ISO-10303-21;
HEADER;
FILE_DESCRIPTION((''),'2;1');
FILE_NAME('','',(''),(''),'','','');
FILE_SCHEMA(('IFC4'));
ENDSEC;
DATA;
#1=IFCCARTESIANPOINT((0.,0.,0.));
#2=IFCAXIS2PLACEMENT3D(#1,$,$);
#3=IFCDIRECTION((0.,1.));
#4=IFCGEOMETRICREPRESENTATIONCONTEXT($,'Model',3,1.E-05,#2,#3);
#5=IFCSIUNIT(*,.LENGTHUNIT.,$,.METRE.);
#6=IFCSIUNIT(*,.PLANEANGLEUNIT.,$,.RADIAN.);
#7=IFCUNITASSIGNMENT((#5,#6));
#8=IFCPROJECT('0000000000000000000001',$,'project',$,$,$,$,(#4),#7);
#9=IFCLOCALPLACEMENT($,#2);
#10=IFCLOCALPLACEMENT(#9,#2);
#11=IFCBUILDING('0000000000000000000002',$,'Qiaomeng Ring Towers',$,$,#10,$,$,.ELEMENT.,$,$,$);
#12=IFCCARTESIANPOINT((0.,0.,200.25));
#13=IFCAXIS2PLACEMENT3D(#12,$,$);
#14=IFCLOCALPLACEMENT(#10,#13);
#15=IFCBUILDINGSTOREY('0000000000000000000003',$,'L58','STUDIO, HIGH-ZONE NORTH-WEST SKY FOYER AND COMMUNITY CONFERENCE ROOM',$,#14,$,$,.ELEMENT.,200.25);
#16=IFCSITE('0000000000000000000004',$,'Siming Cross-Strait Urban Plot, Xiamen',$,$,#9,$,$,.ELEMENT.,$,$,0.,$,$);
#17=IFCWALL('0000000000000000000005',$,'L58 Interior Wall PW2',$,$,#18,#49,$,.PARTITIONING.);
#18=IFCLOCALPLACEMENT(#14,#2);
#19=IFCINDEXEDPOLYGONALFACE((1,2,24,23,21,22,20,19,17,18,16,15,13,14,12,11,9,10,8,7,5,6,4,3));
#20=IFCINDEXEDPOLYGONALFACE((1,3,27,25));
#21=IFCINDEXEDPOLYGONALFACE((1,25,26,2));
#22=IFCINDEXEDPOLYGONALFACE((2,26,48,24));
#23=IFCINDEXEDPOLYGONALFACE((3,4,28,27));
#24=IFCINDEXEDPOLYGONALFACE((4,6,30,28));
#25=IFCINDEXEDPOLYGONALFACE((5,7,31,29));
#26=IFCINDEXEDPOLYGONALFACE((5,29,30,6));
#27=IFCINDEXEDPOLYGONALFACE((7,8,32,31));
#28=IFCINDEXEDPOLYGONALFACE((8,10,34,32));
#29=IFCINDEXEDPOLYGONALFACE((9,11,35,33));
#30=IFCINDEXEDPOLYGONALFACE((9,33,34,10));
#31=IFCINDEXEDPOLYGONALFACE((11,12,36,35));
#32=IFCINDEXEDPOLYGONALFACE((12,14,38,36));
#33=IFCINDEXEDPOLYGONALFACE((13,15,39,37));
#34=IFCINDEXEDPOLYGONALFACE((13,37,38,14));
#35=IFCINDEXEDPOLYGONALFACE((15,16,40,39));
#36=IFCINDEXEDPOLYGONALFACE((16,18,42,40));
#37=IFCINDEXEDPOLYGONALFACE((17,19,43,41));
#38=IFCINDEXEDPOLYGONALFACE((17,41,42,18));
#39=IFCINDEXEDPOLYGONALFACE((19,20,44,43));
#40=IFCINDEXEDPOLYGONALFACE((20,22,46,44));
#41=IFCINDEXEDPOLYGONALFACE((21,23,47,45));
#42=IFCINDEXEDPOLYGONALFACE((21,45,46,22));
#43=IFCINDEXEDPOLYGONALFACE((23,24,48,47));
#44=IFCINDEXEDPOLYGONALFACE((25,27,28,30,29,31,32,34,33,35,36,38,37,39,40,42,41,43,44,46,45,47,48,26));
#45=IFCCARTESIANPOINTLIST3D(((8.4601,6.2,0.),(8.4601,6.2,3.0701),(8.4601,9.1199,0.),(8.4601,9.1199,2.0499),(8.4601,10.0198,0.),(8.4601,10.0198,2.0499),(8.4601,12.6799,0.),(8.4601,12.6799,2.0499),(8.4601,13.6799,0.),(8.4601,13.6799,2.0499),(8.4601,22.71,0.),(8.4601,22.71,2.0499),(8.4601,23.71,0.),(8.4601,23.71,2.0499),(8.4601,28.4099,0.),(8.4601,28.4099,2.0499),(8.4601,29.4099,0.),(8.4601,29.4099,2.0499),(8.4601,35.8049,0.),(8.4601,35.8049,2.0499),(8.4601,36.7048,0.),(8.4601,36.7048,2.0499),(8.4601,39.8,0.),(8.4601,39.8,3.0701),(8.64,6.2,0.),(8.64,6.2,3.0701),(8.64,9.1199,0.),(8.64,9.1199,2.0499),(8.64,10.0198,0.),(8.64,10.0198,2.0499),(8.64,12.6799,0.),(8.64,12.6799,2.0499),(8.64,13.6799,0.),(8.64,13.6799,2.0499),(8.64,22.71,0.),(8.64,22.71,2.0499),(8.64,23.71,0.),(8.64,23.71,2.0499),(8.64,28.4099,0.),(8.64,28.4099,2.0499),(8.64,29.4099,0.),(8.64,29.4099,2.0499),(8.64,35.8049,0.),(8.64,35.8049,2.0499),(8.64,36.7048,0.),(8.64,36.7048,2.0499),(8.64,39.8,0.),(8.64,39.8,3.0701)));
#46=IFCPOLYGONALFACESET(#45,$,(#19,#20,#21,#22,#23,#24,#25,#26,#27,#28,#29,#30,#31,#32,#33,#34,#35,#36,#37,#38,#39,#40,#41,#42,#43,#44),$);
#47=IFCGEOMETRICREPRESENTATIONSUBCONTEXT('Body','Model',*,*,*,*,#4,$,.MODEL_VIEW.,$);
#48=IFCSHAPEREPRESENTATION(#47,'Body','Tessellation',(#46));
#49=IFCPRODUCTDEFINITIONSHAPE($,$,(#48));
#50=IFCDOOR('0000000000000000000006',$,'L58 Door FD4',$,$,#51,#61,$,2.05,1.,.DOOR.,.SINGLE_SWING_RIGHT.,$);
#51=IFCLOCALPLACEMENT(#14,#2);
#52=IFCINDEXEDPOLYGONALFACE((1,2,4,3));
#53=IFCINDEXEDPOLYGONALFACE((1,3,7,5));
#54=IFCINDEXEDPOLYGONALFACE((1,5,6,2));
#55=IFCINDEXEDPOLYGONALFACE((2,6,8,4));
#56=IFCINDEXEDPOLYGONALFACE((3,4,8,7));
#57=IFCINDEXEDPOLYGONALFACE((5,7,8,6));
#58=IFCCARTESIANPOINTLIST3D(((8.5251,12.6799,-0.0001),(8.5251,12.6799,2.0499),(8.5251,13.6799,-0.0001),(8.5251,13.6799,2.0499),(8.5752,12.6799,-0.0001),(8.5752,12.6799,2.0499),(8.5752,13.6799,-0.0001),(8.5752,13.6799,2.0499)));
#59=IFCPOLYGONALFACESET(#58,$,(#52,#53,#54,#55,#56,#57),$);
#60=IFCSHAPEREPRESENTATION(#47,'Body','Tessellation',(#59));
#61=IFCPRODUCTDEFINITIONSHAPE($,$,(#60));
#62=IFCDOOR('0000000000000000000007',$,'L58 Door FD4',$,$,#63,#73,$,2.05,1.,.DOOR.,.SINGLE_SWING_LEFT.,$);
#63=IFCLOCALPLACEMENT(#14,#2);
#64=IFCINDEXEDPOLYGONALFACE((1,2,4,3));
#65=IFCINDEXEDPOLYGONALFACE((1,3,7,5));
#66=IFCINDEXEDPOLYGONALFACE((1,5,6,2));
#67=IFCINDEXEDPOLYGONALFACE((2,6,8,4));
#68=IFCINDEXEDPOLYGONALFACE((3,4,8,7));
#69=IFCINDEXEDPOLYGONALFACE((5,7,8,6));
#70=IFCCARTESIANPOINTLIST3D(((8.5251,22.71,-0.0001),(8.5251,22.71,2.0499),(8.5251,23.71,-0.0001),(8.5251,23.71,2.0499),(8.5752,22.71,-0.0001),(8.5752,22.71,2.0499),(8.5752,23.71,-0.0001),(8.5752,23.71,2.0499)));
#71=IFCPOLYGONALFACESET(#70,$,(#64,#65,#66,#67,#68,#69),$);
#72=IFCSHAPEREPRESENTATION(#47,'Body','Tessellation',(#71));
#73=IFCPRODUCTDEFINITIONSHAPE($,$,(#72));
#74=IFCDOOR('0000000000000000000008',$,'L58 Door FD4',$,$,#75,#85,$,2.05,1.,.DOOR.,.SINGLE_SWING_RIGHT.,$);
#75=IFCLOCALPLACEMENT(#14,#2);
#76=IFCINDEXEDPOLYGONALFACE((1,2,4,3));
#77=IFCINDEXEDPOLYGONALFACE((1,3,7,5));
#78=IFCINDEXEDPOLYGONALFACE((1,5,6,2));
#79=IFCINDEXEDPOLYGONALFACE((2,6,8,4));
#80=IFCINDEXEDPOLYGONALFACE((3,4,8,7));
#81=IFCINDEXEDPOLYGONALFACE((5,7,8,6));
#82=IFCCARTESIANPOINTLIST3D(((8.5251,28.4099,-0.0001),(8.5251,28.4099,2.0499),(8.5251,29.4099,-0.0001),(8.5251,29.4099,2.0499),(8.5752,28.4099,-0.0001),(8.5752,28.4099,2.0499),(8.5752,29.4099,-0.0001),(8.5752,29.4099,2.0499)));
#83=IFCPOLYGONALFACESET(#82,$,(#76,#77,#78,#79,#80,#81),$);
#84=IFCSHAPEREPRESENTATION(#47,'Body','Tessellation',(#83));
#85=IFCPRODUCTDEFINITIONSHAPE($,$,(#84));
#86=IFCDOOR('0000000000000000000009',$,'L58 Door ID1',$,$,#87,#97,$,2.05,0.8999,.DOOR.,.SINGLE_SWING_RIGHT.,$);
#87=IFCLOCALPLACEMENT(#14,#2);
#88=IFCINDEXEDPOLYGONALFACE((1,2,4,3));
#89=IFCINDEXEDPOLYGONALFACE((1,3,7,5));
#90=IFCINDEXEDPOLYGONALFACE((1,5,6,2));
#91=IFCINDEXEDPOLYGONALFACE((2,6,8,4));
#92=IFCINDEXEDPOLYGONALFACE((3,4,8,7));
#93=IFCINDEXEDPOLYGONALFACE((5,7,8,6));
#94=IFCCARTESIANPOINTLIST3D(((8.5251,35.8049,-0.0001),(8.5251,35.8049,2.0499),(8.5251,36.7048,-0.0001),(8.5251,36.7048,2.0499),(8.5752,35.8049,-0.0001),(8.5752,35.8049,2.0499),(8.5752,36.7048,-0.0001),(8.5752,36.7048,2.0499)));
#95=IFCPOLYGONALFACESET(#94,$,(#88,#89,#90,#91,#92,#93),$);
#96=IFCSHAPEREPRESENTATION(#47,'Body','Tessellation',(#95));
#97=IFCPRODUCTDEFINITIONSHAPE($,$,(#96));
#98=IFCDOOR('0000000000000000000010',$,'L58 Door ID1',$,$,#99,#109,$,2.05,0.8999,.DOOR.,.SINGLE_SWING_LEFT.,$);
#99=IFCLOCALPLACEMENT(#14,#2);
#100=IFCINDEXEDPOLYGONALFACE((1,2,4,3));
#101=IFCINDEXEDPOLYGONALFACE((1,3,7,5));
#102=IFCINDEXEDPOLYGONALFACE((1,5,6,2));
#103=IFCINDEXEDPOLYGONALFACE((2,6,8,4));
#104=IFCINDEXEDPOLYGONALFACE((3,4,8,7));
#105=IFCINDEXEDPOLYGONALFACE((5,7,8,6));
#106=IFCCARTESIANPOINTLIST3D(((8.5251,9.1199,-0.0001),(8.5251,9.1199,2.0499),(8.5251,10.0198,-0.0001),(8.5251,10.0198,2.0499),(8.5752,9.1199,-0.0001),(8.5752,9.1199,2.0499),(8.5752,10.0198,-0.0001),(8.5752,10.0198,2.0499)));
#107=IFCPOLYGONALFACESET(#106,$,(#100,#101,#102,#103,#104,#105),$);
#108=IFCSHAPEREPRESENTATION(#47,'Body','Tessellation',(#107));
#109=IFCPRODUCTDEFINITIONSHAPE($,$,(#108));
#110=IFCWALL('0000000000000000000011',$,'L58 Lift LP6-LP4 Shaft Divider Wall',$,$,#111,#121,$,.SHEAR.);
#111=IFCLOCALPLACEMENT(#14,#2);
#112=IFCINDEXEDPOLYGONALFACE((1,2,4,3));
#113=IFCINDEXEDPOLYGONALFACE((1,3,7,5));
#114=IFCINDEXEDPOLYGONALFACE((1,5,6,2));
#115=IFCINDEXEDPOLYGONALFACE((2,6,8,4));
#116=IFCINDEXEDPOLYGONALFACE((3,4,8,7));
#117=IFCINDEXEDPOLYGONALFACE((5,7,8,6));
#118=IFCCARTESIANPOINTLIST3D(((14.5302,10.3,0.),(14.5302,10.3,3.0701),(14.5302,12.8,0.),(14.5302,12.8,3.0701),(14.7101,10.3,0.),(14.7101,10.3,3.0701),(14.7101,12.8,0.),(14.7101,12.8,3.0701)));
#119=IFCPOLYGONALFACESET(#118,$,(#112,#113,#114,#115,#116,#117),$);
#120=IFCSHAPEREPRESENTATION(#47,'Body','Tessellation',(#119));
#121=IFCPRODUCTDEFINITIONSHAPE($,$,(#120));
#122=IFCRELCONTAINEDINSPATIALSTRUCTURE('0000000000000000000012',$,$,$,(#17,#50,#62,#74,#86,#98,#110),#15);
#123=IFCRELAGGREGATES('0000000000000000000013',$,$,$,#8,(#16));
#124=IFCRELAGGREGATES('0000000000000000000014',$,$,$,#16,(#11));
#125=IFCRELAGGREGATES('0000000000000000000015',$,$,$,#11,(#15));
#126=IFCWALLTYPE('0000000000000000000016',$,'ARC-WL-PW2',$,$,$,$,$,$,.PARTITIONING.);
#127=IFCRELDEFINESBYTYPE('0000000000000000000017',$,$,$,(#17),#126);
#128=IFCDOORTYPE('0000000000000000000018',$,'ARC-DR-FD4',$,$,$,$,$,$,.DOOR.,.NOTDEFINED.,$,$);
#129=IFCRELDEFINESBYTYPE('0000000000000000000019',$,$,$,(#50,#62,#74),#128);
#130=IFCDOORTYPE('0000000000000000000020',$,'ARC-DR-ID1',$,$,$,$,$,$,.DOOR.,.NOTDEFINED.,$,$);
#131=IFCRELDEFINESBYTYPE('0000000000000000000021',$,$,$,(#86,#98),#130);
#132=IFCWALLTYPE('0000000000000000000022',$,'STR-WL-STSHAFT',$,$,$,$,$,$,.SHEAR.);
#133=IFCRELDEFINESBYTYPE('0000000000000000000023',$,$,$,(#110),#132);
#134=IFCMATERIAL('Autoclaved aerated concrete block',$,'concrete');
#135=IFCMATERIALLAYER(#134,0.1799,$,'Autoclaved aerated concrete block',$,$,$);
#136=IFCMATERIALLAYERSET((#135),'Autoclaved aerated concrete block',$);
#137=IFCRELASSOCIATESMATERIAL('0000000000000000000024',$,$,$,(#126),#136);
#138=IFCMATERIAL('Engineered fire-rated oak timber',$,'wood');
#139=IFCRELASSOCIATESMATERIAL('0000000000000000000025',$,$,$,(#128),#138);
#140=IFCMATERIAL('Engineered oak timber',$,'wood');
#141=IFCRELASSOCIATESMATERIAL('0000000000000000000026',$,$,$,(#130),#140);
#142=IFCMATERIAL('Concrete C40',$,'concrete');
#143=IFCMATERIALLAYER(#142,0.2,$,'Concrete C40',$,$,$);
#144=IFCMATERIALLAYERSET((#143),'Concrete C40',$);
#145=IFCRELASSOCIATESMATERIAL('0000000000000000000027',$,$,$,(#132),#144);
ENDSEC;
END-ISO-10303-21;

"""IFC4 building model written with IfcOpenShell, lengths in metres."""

from ifc_helpers import new_model, si_unit, direction, frame, frame_2d, origin, place, context, subcontext, project, spatial, rectangle, extrude, source, transform, mapped, material, layer, layer_set, type_object, element, fill, save


model = new_model("IFC4")

# Units and contexts
model_context = context("Model", 3, precision=1e-05, world=origin(), true_north=direction((0.0, 1.0)))
body_context = subcontext(model_context, "Body", "Model", "MODEL_VIEW")
ifc_project = project(units=[si_unit("LENGTHUNIT", "METRE"), si_unit("PLANEANGLEUNIT", "RADIAN")], contexts=[model_context])

# Site, building, storey
site_placement = place(None, origin())
site = spatial("IfcSite", under=ifc_project, at=site_placement, Name="Siming Cross-Strait Urban Plot, Xiamen", CompositionType="ELEMENT", RefElevation=0.0)
building_placement = place(site_placement, origin())
building = spatial("IfcBuilding", under=site, at=building_placement, Name="Qiaomeng Ring Towers", CompositionType="ELEMENT")
storey_placement = place(building_placement, frame((0.0, 0.0, 200.25)))
storey = spatial("IfcBuildingStorey", under=building, at=storey_placement, Name="L58", Description="STUDIO, HIGH-ZONE NORTH-WEST SKY FOYER AND COMMUNITY CONFERENCE ROOM", CompositionType="ELEMENT", Elevation=200.25)

# Shared definitions
ifc_material_1 = material(Name="Autoclaved aerated concrete block", Category="concrete")

# Wall, openings, doors
ifc_layer_1 = layer(ifc_material_1, 0.1799, Name="Autoclaved aerated concrete block")
ifc_layer_set_1 = layer_set([ifc_layer_1], Name="Autoclaved aerated concrete block")
wall_type_1 = type_object("IfcWallType", Name="ARC-WL-PW2", PredefinedType="PARTITIONING", material=ifc_layer_set_1)
wall_1_placement = place(storey_placement, frame((8.55, 6.2, 0.0), z_axis=(0.0, 0.0, 1.0), x_axis=(0.0, 1.0, 0.0)))
wall_1 = element("IfcWall", 1, at=wall_1_placement, inside=storey, type_object=wall_type_1, Name="L58 Interior Wall PW2", PredefinedType="PARTITIONING", context=body_context, shape_type="SweptSolid", body=[
    extrude(rectangle(XDim=33.6001, YDim=0.1799, at=frame_2d((16.8, 0.0))), origin(), (0.0, 0.0, 1.0), 3.0701),
])
opening_1_placement = place(wall_1_placement, frame((29.605, 0.0, 0.0)))
opening_1 = element("IfcOpeningElement", 2, at=opening_1_placement, cuts=wall_1, PredefinedType="OPENING", context=body_context, shape_type="SweptSolid", body=[
    extrude(rectangle(XDim=0.8999, YDim=2.05, at=frame_2d((0.45, 1.0249))), frame((0.0, 0.0999, 0.0), z_axis=(0.0, -1.0, 0.0), x_axis=(1.0, 0.0, 0.0)), (0.0, 0.0, 1.0), 0.2),
])
opening_2_placement = place(wall_1_placement, frame((2.9199, 0.0, 0.0)))
opening_2 = element("IfcOpeningElement", 3, at=opening_2_placement, cuts=wall_1, PredefinedType="OPENING", context=body_context, shape_type="SweptSolid", body=[
    extrude(rectangle(XDim=0.8999, YDim=2.05, at=frame_2d((0.45, 1.0249))), frame((0.0, 0.0999, 0.0), z_axis=(0.0, -1.0, 0.0), x_axis=(1.0, 0.0, 0.0)), (0.0, 0.0, 1.0), 0.2),
])
opening_3_placement = place(wall_1_placement, frame((6.48, 0.0, 0.0)))
opening_3 = element("IfcOpeningElement", 4, at=opening_3_placement, cuts=wall_1, PredefinedType="OPENING", context=body_context, shape_type="SweptSolid", body=[
    extrude(rectangle(XDim=1.0, YDim=2.05, at=frame_2d((0.5, 1.0249))), frame((0.0, 0.0999, 0.0), z_axis=(0.0, -1.0, 0.0), x_axis=(1.0, 0.0, 0.0)), (0.0, 0.0, 1.0), 0.2),
])
opening_4_placement = place(wall_1_placement, frame((16.51, 0.0, 0.0)))
opening_4 = element("IfcOpeningElement", 5, at=opening_4_placement, cuts=wall_1, PredefinedType="OPENING", context=body_context, shape_type="SweptSolid", body=[
    extrude(rectangle(XDim=1.0, YDim=2.05, at=frame_2d((0.5, 1.0249))), frame((0.0, 0.0999, 0.0), z_axis=(0.0, -1.0, 0.0), x_axis=(1.0, 0.0, 0.0)), (0.0, 0.0, 1.0), 0.2),
])
opening_5_placement = place(wall_1_placement, frame((22.21, 0.0, 0.0)))
opening_5 = element("IfcOpeningElement", 6, at=opening_5_placement, cuts=wall_1, PredefinedType="OPENING", context=body_context, shape_type="SweptSolid", body=[
    extrude(rectangle(XDim=1.0, YDim=2.05, at=frame_2d((0.5, 1.0249))), frame((0.0, 0.0999, 0.0), z_axis=(0.0, -1.0, 0.0), x_axis=(1.0, 0.0, 0.0)), (0.0, 0.0, 1.0), 0.2),
])
ifc_material_2 = material(Name="Engineered fire-rated oak timber", Category="wood")
door_type_1 = type_object("IfcDoorType", Name="ARC-DR-FD4", OperationType="NOTDEFINED", PredefinedType="DOOR", material=ifc_material_2)
shared_shape_1 = source(origin(), body_context, "Body", "SweptSolid", [
    extrude(rectangle(XDim=1.0, YDim=2.05, at=frame_2d((0.5, 1.0249))), frame((0.0, 0.0249, 0.0), z_axis=(0.0, -1.0, 0.0), x_axis=(1.0, 0.0, 0.0)), (0.0, 0.0, 1.0), 0.05),
])
door_1_placement = place(opening_3_placement, origin())
door_1 = element("IfcDoor", 7, at=door_1_placement, inside=storey, type_object=door_type_1, Name="L58 Door FD4", OperationType="SINGLE_SWING_RIGHT", OverallHeight=2.05, OverallWidth=1.0, PredefinedType="DOOR", context=body_context, shape_type="MappedRepresentation", body=[
    mapped(shared_shape_1, transform((0.0, 0.0, 0.0), x_axis=(1.0, 0.0, 0.0), y_axis=(0.0, 1.0, 0.0), z_axis=(0.0, 0.0, 1.0), scale=1.0)),
])
fill(opening_3, door_1)
door_2_placement = place(opening_4_placement, origin())
door_2 = element("IfcDoor", 8, at=door_2_placement, inside=storey, type_object=door_type_1, Name="L58 Door FD4", OperationType="SINGLE_SWING_LEFT", OverallHeight=2.05, OverallWidth=1.0, PredefinedType="DOOR", context=body_context, shape_type="MappedRepresentation", body=[
    mapped(shared_shape_1, transform((0.0, 0.0, 0.0), x_axis=(1.0, 0.0, 0.0), y_axis=(0.0, 1.0, 0.0), z_axis=(0.0, 0.0, 1.0), scale=1.0)),
])
fill(opening_4, door_2)
door_3_placement = place(opening_5_placement, origin())
door_3 = element("IfcDoor", 9, at=door_3_placement, inside=storey, type_object=door_type_1, Name="L58 Door FD4", OperationType="SINGLE_SWING_RIGHT", OverallHeight=2.05, OverallWidth=1.0, PredefinedType="DOOR", context=body_context, shape_type="MappedRepresentation", body=[
    mapped(shared_shape_1, transform((0.0, 0.0, 0.0), x_axis=(1.0, 0.0, 0.0), y_axis=(0.0, 1.0, 0.0), z_axis=(0.0, 0.0, 1.0), scale=1.0)),
])
fill(opening_5, door_3)
ifc_material_3 = material(Name="Engineered oak timber", Category="wood")
door_type_2 = type_object("IfcDoorType", Name="ARC-DR-ID1", OperationType="NOTDEFINED", PredefinedType="DOOR", material=ifc_material_3)
shared_shape_2 = source(origin(), body_context, "Body", "SweptSolid", [
    extrude(rectangle(XDim=0.8999, YDim=2.05, at=frame_2d((0.45, 1.0249))), frame((0.0, 0.0249, 0.0), z_axis=(0.0, -1.0, 0.0), x_axis=(1.0, 0.0, 0.0)), (0.0, 0.0, 1.0), 0.05),
])
door_4_placement = place(opening_1_placement, origin())
door_4 = element("IfcDoor", 10, at=door_4_placement, inside=storey, type_object=door_type_2, Name="L58 Door ID1", OperationType="SINGLE_SWING_RIGHT", OverallHeight=2.05, OverallWidth=0.8999, PredefinedType="DOOR", context=body_context, shape_type="MappedRepresentation", body=[
    mapped(shared_shape_2, transform((0.0, 0.0, 0.0), x_axis=(1.0, 0.0, 0.0), y_axis=(0.0, 1.0, 0.0), z_axis=(0.0, 0.0, 1.0), scale=1.0)),
])
fill(opening_1, door_4)
door_5_placement = place(opening_2_placement, origin())
door_5 = element("IfcDoor", 11, at=door_5_placement, inside=storey, type_object=door_type_2, Name="L58 Door ID1", OperationType="SINGLE_SWING_LEFT", OverallHeight=2.05, OverallWidth=0.8999, PredefinedType="DOOR", context=body_context, shape_type="MappedRepresentation", body=[
    mapped(shared_shape_2, transform((0.0, 0.0, 0.0), x_axis=(1.0, 0.0, 0.0), y_axis=(0.0, 1.0, 0.0), z_axis=(0.0, 0.0, 1.0), scale=1.0)),
])
fill(opening_2, door_5)

# Wall
ifc_material_4 = material(Name="Concrete C40", Category="concrete")
ifc_layer_2 = layer(ifc_material_4, 0.2, Name="Concrete C40")
ifc_layer_set_2 = layer_set([ifc_layer_2], Name="Concrete C40")
wall_type_2 = type_object("IfcWallType", Name="STR-WL-STSHAFT", PredefinedType="SHEAR", material=ifc_layer_set_2)
wall_2_placement = place(storey_placement, frame((14.6201, 10.3, 0.0), z_axis=(0.0, 0.0, 1.0), x_axis=(0.0, 1.0, 0.0)))
element("IfcWall", 12, at=wall_2_placement, inside=storey, type_object=wall_type_2, Name="L58 Lift LP6-LP4 Shaft Divider Wall", PredefinedType="SHEAR", context=body_context, shape_type="SweptSolid", body=[
    extrude(rectangle(XDim=2.5, YDim=0.1799, at=frame_2d((1.25, 0.0))), origin(), (0.0, 0.0, 1.0), 3.0701),
])

save(model, "model.ifc")
